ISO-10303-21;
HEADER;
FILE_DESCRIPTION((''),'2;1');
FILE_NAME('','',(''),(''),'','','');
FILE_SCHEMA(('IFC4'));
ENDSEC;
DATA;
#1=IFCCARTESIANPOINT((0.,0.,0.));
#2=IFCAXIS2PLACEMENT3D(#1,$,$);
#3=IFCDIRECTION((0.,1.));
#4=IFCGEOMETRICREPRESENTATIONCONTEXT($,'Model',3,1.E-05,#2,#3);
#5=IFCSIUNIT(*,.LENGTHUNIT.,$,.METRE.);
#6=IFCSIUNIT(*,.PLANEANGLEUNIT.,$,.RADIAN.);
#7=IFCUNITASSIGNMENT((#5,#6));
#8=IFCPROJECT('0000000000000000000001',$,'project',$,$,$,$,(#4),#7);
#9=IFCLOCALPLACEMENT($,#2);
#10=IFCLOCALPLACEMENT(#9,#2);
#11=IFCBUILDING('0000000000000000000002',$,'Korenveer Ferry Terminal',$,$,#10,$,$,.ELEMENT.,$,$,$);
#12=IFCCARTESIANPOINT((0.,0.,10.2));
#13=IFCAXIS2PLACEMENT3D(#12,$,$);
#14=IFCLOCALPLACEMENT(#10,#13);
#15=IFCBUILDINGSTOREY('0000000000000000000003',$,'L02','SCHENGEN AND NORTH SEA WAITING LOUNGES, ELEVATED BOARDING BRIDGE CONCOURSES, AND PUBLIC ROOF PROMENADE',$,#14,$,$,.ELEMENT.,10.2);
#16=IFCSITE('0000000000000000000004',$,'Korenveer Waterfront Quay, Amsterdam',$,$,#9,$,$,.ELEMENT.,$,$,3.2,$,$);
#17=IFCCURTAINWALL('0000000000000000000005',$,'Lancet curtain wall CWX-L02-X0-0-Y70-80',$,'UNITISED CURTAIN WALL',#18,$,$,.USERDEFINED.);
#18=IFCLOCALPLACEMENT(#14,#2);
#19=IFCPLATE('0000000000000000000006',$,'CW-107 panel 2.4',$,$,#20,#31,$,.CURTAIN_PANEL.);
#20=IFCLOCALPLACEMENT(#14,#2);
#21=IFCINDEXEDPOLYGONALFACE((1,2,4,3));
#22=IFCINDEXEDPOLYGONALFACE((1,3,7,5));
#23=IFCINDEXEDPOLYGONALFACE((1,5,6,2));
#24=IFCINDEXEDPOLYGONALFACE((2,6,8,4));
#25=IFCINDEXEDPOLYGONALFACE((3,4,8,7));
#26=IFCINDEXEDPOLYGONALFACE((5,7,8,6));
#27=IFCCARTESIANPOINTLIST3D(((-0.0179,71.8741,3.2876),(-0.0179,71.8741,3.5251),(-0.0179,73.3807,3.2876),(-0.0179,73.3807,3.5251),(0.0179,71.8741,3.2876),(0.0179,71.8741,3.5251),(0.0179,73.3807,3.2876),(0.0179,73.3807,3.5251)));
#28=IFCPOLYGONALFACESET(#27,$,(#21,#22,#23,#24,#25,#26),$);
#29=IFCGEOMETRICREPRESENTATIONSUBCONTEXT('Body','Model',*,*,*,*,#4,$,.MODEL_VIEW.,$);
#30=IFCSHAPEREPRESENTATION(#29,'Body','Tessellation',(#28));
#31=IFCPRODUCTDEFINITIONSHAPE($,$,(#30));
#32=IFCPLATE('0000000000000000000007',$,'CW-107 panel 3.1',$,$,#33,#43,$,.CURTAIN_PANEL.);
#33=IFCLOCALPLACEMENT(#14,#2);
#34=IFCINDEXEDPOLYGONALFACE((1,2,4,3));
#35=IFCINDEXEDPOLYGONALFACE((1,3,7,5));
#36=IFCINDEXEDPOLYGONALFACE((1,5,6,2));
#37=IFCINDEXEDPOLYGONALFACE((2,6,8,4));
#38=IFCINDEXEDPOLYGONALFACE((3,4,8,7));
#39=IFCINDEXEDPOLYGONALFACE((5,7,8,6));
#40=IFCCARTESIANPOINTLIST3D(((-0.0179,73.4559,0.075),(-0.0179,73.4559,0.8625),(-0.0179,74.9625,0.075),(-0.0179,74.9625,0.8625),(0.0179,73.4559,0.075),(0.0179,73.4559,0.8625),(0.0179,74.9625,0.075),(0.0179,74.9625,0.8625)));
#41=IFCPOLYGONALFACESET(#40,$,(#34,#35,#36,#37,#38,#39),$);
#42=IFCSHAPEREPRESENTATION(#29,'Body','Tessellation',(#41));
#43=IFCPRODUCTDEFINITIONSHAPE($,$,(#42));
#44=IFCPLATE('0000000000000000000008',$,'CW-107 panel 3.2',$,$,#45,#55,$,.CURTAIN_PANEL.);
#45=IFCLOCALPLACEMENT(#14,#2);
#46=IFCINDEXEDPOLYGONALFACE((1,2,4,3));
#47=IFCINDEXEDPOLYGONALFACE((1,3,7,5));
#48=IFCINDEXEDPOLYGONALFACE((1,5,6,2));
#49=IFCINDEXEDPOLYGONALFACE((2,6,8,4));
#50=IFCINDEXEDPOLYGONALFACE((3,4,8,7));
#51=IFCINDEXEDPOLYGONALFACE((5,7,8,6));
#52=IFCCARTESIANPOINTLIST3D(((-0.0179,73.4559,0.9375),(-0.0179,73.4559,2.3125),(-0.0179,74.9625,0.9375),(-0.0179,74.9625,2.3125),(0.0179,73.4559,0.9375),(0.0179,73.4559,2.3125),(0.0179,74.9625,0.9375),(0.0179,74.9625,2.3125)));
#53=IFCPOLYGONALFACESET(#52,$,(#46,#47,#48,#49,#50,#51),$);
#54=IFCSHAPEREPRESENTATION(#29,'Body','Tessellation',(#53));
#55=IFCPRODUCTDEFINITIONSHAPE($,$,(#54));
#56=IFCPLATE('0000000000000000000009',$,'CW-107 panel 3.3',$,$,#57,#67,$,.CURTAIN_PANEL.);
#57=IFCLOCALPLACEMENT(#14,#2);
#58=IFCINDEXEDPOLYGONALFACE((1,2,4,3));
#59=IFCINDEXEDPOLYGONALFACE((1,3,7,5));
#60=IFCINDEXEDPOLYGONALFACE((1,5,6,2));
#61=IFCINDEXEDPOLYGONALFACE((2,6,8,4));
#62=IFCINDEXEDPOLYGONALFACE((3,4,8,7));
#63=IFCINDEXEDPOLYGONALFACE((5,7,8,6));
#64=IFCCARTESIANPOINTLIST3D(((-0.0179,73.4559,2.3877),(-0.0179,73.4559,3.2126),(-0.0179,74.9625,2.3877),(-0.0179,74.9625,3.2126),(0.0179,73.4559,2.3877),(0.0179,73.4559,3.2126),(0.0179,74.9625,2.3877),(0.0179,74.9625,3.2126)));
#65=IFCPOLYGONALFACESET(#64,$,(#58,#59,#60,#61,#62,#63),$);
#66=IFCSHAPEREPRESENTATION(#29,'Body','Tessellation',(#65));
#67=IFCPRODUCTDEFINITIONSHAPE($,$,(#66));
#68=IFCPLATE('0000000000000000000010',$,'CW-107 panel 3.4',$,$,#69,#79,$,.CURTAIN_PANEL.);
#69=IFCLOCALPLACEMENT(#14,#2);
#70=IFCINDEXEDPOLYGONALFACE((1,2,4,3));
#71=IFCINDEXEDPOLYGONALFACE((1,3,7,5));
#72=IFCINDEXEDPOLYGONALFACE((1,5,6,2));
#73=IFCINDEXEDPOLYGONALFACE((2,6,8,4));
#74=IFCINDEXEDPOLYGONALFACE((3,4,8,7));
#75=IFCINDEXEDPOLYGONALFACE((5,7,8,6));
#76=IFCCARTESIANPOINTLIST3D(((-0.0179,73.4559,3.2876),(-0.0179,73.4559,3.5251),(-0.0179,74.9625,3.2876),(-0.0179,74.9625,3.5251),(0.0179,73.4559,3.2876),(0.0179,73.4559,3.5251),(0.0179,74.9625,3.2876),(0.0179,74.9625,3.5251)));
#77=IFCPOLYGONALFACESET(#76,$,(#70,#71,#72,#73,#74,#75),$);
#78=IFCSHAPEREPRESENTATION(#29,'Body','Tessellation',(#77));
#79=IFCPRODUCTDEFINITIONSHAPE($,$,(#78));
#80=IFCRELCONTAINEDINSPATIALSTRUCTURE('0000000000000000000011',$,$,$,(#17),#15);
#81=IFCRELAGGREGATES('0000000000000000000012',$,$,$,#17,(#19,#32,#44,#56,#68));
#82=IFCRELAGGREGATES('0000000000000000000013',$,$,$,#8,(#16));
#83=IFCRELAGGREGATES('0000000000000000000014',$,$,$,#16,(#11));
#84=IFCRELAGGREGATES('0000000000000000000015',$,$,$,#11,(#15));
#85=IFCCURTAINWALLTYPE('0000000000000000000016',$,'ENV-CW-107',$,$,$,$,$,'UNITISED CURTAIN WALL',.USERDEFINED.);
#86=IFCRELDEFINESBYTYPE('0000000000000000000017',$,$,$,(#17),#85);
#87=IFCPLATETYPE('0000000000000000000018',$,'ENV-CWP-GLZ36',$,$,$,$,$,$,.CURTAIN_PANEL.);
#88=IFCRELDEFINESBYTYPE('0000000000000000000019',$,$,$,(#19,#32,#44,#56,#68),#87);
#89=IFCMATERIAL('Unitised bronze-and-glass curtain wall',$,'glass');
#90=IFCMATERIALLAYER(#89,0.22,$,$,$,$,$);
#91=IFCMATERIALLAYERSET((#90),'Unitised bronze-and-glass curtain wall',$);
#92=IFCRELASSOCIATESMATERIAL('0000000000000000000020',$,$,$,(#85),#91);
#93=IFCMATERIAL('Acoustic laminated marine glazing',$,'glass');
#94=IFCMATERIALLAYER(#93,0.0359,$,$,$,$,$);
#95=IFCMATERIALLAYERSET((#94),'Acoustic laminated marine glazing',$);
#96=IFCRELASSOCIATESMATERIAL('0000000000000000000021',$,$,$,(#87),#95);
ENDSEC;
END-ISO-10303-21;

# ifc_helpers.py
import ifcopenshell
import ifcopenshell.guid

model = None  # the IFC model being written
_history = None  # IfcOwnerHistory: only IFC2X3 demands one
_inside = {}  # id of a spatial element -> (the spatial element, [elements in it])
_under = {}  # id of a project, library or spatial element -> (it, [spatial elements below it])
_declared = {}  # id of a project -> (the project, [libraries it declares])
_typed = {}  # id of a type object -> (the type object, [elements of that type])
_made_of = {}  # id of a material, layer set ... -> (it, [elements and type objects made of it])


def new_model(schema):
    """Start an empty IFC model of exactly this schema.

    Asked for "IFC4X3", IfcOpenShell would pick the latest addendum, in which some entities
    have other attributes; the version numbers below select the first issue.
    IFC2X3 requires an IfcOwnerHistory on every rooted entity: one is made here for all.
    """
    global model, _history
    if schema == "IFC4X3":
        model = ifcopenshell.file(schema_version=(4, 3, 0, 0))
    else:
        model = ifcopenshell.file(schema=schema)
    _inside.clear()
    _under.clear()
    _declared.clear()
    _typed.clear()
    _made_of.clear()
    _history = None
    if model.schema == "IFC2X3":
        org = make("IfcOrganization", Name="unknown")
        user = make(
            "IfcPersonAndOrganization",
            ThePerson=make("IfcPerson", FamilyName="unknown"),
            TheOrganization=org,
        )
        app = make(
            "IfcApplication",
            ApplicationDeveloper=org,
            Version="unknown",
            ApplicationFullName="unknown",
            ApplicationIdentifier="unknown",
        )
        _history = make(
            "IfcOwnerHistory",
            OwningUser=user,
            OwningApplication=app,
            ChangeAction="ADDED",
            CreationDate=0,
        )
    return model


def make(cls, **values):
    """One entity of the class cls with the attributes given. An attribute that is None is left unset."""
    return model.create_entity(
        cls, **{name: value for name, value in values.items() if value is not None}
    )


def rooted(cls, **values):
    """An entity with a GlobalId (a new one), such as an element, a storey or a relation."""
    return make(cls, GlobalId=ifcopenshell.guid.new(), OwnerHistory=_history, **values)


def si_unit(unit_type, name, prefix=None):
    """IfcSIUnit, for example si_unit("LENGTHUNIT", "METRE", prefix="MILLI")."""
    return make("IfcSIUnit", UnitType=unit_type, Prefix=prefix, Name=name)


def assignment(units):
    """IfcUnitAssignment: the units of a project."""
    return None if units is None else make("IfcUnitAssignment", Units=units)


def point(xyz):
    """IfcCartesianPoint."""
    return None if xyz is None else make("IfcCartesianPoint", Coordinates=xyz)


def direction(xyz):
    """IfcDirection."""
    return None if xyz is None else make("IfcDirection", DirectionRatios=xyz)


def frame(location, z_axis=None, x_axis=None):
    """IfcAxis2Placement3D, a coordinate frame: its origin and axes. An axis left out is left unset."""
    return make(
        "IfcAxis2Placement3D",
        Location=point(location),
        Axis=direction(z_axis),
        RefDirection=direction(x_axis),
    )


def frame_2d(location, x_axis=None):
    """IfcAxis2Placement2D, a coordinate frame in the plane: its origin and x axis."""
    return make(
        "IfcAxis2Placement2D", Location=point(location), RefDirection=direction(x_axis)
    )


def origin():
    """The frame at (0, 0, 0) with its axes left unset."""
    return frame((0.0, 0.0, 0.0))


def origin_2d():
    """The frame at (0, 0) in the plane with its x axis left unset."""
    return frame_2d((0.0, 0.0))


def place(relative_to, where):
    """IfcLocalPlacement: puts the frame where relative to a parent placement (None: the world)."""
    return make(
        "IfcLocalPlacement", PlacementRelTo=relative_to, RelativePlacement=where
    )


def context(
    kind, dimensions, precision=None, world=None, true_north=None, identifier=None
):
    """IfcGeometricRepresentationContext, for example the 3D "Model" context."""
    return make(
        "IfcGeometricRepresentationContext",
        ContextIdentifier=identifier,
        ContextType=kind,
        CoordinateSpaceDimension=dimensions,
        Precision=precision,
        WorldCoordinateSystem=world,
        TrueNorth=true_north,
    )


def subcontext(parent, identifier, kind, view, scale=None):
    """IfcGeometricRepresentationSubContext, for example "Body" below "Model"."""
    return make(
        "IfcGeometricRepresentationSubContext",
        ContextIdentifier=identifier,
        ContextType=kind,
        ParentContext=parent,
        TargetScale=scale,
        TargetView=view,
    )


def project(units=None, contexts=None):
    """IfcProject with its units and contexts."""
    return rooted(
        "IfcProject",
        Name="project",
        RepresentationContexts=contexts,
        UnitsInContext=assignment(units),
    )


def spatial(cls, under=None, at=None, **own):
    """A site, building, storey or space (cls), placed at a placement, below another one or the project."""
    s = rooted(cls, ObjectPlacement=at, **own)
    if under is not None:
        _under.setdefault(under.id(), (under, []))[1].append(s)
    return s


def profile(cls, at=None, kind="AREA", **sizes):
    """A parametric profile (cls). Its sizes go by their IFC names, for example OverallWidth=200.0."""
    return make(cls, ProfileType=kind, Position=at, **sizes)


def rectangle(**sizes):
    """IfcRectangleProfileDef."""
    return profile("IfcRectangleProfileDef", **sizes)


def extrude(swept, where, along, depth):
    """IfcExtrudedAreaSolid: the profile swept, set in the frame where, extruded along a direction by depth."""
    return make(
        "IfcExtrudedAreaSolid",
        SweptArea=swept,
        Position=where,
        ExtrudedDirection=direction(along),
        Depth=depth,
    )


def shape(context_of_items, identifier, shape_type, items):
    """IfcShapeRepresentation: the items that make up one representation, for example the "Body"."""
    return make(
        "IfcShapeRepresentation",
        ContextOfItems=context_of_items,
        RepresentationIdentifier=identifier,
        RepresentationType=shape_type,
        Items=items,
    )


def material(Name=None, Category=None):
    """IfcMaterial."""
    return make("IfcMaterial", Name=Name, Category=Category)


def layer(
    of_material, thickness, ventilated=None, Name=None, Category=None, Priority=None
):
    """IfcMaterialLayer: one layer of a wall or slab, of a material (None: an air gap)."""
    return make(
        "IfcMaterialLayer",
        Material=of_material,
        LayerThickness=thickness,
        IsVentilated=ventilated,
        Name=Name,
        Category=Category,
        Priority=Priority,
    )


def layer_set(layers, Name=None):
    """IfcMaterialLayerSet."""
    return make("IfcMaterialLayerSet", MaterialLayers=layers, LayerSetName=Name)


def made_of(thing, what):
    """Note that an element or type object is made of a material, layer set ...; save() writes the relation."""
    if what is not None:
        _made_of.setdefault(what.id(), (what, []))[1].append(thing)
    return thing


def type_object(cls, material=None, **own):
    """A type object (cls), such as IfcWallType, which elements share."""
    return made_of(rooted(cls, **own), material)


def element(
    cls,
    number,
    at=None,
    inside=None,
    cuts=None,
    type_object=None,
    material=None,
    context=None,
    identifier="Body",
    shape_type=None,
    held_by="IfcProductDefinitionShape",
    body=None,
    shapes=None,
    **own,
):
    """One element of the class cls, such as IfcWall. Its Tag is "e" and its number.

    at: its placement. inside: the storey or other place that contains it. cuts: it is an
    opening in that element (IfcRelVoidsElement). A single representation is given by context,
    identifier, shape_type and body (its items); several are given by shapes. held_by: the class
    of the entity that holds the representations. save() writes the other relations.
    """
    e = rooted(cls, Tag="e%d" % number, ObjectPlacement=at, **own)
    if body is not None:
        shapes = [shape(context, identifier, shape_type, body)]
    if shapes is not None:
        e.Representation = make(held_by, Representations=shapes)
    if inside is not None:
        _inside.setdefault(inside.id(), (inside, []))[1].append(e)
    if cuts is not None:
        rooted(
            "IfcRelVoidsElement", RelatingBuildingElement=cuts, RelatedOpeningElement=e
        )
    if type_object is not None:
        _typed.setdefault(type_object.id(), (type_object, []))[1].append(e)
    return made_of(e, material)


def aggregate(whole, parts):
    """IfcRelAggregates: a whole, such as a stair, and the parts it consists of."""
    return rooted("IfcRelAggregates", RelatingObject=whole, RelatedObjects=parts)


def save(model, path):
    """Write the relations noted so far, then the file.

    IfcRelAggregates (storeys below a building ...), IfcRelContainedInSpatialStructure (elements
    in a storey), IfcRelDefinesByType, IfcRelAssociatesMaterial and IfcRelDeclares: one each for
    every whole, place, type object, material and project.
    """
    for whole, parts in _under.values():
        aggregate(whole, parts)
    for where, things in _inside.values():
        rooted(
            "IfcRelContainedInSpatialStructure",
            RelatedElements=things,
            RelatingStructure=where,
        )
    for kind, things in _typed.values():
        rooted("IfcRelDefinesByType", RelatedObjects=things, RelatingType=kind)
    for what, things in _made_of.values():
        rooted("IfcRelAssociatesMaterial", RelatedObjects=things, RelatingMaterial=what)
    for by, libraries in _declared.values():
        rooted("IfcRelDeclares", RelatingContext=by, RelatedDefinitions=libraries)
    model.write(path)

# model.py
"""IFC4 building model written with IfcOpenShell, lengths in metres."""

from ifc_helpers import new_model, si_unit, direction, frame, origin, origin_2d, place, context, subcontext, project, spatial, rectangle, extrude, material, layer, layer_set, type_object, element, aggregate, save


model = new_model("IFC4")

# Units and contexts
model_context = context("Model", 3, precision=1e-05, world=origin(), true_north=direction((0.0, 1.0)))
body_context = subcontext(model_context, "Body", "Model", "MODEL_VIEW")
ifc_project = project(units=[si_unit("LENGTHUNIT", "METRE"), si_unit("PLANEANGLEUNIT", "RADIAN")], contexts=[model_context])

# Site, building, storey
site_placement = place(None, origin())
site = spatial("IfcSite", under=ifc_project, at=site_placement, Name="Korenveer Waterfront Quay, Amsterdam", CompositionType="ELEMENT", RefElevation=3.2)
building_placement = place(site_placement, origin())
building = spatial("IfcBuilding", under=site, at=building_placement, Name="Korenveer Ferry Terminal", CompositionType="ELEMENT")
storey_placement = place(building_placement, frame((0.0, 0.0, 10.2)))
storey = spatial("IfcBuildingStorey", under=building, at=storey_placement, Name="L02", Description="SCHENGEN AND NORTH SEA WAITING LOUNGES, ELEVATED BOARDING BRIDGE CONCOURSES, AND PUBLIC ROOF PROMENADE", CompositionType="ELEMENT", Elevation=10.2)

# Curtain wall, plates
ifc_material_1 = material(Name="Unitised bronze-and-glass curtain wall", Category="glass")
ifc_layer_1 = layer(ifc_material_1, 0.22)
ifc_layer_set_1 = layer_set([ifc_layer_1], Name="Unitised bronze-and-glass curtain wall")
curtain_wall_type = type_object("IfcCurtainWallType", Name="ENV-CW-107", ElementType="UNITISED CURTAIN WALL", PredefinedType="USERDEFINED", material=ifc_layer_set_1)
curtain_wall_placement = place(storey_placement, frame((0.0, 70.2549, 0.0)))
curtain_wall = element("IfcCurtainWall", 1, at=curtain_wall_placement, inside=storey, type_object=curtain_wall_type, Name="Lancet curtain wall CWX-L02-X0-0-Y70-80", ObjectType="UNITISED CURTAIN WALL", PredefinedType="USERDEFINED")
ifc_material_2 = material(Name="Acoustic laminated marine glazing", Category="glass")
ifc_layer_2 = layer(ifc_material_2, 0.0359)
ifc_layer_set_2 = layer_set([ifc_layer_2], Name="Acoustic laminated marine glazing")
plate_type = type_object("IfcPlateType", Name="ENV-CWP-GLZ36", PredefinedType="CURTAIN_PANEL", material=ifc_layer_set_2)
plate_1_placement = place(storey_placement, frame((0.0, 72.6274, 3.2876), z_axis=(0.0, 0.0, 1.0), x_axis=(0.0, 1.0, 0.0)))
plate_1 = element("IfcPlate", 2, at=plate_1_placement, type_object=plate_type, Name="CW-107 panel 2.4", PredefinedType="CURTAIN_PANEL", context=body_context, shape_type="SweptSolid", body=[
    extrude(rectangle(XDim=1.5066, YDim=0.0359, at=origin_2d()), origin(), (0.0, 0.0, 1.0), 0.2375),
])
plate_2_placement = place(storey_placement, frame((0.0, 74.2092, 0.075), z_axis=(0.0, 0.0, 1.0), x_axis=(0.0, 1.0, 0.0)))
plate_2 = element("IfcPlate", 3, at=plate_2_placement, type_object=plate_type, Name="CW-107 panel 3.1", PredefinedType="CURTAIN_PANEL", context=body_context, shape_type="SweptSolid", body=[
    extrude(rectangle(XDim=1.5066, YDim=0.0359, at=origin_2d()), origin(), (0.0, 0.0, 1.0), 0.7876),
])
plate_3_placement = place(storey_placement, frame((0.0, 74.2092, 0.9375), z_axis=(0.0, 0.0, 1.0), x_axis=(0.0, 1.0, 0.0)))
plate_3 = element("IfcPlate", 4, at=plate_3_placement, type_object=plate_type, Name="CW-107 panel 3.2", PredefinedType="CURTAIN_PANEL", context=body_context, shape_type="SweptSolid", body=[
    extrude(rectangle(XDim=1.5066, YDim=0.0359, at=origin_2d()), origin(), (0.0, 0.0, 1.0), 1.375),
])
plate_4_placement = place(storey_placement, frame((0.0, 74.2092, 2.3877), z_axis=(0.0, 0.0, 1.0), x_axis=(0.0, 1.0, 0.0)))
plate_4 = element("IfcPlate", 5, at=plate_4_placement, type_object=plate_type, Name="CW-107 panel 3.3", PredefinedType="CURTAIN_PANEL", context=body_context, shape_type="SweptSolid", body=[
    extrude(rectangle(XDim=1.5066, YDim=0.0359, at=origin_2d()), origin(), (0.0, 0.0, 1.0), 0.825),
])
plate_5_placement = place(storey_placement, frame((0.0, 74.2092, 3.2876), z_axis=(0.0, 0.0, 1.0), x_axis=(0.0, 1.0, 0.0)))
plate_5 = element("IfcPlate", 6, at=plate_5_placement, type_object=plate_type, Name="CW-107 panel 3.4", PredefinedType="CURTAIN_PANEL", context=body_context, shape_type="SweptSolid", body=[
    extrude(rectangle(XDim=1.5066, YDim=0.0359, at=origin_2d()), origin(), (0.0, 0.0, 1.0), 0.2375),
])
aggregate(curtain_wall, [plate_1, plate_2, plate_3, plate_4, plate_5])

save(model, "model.ifc")
